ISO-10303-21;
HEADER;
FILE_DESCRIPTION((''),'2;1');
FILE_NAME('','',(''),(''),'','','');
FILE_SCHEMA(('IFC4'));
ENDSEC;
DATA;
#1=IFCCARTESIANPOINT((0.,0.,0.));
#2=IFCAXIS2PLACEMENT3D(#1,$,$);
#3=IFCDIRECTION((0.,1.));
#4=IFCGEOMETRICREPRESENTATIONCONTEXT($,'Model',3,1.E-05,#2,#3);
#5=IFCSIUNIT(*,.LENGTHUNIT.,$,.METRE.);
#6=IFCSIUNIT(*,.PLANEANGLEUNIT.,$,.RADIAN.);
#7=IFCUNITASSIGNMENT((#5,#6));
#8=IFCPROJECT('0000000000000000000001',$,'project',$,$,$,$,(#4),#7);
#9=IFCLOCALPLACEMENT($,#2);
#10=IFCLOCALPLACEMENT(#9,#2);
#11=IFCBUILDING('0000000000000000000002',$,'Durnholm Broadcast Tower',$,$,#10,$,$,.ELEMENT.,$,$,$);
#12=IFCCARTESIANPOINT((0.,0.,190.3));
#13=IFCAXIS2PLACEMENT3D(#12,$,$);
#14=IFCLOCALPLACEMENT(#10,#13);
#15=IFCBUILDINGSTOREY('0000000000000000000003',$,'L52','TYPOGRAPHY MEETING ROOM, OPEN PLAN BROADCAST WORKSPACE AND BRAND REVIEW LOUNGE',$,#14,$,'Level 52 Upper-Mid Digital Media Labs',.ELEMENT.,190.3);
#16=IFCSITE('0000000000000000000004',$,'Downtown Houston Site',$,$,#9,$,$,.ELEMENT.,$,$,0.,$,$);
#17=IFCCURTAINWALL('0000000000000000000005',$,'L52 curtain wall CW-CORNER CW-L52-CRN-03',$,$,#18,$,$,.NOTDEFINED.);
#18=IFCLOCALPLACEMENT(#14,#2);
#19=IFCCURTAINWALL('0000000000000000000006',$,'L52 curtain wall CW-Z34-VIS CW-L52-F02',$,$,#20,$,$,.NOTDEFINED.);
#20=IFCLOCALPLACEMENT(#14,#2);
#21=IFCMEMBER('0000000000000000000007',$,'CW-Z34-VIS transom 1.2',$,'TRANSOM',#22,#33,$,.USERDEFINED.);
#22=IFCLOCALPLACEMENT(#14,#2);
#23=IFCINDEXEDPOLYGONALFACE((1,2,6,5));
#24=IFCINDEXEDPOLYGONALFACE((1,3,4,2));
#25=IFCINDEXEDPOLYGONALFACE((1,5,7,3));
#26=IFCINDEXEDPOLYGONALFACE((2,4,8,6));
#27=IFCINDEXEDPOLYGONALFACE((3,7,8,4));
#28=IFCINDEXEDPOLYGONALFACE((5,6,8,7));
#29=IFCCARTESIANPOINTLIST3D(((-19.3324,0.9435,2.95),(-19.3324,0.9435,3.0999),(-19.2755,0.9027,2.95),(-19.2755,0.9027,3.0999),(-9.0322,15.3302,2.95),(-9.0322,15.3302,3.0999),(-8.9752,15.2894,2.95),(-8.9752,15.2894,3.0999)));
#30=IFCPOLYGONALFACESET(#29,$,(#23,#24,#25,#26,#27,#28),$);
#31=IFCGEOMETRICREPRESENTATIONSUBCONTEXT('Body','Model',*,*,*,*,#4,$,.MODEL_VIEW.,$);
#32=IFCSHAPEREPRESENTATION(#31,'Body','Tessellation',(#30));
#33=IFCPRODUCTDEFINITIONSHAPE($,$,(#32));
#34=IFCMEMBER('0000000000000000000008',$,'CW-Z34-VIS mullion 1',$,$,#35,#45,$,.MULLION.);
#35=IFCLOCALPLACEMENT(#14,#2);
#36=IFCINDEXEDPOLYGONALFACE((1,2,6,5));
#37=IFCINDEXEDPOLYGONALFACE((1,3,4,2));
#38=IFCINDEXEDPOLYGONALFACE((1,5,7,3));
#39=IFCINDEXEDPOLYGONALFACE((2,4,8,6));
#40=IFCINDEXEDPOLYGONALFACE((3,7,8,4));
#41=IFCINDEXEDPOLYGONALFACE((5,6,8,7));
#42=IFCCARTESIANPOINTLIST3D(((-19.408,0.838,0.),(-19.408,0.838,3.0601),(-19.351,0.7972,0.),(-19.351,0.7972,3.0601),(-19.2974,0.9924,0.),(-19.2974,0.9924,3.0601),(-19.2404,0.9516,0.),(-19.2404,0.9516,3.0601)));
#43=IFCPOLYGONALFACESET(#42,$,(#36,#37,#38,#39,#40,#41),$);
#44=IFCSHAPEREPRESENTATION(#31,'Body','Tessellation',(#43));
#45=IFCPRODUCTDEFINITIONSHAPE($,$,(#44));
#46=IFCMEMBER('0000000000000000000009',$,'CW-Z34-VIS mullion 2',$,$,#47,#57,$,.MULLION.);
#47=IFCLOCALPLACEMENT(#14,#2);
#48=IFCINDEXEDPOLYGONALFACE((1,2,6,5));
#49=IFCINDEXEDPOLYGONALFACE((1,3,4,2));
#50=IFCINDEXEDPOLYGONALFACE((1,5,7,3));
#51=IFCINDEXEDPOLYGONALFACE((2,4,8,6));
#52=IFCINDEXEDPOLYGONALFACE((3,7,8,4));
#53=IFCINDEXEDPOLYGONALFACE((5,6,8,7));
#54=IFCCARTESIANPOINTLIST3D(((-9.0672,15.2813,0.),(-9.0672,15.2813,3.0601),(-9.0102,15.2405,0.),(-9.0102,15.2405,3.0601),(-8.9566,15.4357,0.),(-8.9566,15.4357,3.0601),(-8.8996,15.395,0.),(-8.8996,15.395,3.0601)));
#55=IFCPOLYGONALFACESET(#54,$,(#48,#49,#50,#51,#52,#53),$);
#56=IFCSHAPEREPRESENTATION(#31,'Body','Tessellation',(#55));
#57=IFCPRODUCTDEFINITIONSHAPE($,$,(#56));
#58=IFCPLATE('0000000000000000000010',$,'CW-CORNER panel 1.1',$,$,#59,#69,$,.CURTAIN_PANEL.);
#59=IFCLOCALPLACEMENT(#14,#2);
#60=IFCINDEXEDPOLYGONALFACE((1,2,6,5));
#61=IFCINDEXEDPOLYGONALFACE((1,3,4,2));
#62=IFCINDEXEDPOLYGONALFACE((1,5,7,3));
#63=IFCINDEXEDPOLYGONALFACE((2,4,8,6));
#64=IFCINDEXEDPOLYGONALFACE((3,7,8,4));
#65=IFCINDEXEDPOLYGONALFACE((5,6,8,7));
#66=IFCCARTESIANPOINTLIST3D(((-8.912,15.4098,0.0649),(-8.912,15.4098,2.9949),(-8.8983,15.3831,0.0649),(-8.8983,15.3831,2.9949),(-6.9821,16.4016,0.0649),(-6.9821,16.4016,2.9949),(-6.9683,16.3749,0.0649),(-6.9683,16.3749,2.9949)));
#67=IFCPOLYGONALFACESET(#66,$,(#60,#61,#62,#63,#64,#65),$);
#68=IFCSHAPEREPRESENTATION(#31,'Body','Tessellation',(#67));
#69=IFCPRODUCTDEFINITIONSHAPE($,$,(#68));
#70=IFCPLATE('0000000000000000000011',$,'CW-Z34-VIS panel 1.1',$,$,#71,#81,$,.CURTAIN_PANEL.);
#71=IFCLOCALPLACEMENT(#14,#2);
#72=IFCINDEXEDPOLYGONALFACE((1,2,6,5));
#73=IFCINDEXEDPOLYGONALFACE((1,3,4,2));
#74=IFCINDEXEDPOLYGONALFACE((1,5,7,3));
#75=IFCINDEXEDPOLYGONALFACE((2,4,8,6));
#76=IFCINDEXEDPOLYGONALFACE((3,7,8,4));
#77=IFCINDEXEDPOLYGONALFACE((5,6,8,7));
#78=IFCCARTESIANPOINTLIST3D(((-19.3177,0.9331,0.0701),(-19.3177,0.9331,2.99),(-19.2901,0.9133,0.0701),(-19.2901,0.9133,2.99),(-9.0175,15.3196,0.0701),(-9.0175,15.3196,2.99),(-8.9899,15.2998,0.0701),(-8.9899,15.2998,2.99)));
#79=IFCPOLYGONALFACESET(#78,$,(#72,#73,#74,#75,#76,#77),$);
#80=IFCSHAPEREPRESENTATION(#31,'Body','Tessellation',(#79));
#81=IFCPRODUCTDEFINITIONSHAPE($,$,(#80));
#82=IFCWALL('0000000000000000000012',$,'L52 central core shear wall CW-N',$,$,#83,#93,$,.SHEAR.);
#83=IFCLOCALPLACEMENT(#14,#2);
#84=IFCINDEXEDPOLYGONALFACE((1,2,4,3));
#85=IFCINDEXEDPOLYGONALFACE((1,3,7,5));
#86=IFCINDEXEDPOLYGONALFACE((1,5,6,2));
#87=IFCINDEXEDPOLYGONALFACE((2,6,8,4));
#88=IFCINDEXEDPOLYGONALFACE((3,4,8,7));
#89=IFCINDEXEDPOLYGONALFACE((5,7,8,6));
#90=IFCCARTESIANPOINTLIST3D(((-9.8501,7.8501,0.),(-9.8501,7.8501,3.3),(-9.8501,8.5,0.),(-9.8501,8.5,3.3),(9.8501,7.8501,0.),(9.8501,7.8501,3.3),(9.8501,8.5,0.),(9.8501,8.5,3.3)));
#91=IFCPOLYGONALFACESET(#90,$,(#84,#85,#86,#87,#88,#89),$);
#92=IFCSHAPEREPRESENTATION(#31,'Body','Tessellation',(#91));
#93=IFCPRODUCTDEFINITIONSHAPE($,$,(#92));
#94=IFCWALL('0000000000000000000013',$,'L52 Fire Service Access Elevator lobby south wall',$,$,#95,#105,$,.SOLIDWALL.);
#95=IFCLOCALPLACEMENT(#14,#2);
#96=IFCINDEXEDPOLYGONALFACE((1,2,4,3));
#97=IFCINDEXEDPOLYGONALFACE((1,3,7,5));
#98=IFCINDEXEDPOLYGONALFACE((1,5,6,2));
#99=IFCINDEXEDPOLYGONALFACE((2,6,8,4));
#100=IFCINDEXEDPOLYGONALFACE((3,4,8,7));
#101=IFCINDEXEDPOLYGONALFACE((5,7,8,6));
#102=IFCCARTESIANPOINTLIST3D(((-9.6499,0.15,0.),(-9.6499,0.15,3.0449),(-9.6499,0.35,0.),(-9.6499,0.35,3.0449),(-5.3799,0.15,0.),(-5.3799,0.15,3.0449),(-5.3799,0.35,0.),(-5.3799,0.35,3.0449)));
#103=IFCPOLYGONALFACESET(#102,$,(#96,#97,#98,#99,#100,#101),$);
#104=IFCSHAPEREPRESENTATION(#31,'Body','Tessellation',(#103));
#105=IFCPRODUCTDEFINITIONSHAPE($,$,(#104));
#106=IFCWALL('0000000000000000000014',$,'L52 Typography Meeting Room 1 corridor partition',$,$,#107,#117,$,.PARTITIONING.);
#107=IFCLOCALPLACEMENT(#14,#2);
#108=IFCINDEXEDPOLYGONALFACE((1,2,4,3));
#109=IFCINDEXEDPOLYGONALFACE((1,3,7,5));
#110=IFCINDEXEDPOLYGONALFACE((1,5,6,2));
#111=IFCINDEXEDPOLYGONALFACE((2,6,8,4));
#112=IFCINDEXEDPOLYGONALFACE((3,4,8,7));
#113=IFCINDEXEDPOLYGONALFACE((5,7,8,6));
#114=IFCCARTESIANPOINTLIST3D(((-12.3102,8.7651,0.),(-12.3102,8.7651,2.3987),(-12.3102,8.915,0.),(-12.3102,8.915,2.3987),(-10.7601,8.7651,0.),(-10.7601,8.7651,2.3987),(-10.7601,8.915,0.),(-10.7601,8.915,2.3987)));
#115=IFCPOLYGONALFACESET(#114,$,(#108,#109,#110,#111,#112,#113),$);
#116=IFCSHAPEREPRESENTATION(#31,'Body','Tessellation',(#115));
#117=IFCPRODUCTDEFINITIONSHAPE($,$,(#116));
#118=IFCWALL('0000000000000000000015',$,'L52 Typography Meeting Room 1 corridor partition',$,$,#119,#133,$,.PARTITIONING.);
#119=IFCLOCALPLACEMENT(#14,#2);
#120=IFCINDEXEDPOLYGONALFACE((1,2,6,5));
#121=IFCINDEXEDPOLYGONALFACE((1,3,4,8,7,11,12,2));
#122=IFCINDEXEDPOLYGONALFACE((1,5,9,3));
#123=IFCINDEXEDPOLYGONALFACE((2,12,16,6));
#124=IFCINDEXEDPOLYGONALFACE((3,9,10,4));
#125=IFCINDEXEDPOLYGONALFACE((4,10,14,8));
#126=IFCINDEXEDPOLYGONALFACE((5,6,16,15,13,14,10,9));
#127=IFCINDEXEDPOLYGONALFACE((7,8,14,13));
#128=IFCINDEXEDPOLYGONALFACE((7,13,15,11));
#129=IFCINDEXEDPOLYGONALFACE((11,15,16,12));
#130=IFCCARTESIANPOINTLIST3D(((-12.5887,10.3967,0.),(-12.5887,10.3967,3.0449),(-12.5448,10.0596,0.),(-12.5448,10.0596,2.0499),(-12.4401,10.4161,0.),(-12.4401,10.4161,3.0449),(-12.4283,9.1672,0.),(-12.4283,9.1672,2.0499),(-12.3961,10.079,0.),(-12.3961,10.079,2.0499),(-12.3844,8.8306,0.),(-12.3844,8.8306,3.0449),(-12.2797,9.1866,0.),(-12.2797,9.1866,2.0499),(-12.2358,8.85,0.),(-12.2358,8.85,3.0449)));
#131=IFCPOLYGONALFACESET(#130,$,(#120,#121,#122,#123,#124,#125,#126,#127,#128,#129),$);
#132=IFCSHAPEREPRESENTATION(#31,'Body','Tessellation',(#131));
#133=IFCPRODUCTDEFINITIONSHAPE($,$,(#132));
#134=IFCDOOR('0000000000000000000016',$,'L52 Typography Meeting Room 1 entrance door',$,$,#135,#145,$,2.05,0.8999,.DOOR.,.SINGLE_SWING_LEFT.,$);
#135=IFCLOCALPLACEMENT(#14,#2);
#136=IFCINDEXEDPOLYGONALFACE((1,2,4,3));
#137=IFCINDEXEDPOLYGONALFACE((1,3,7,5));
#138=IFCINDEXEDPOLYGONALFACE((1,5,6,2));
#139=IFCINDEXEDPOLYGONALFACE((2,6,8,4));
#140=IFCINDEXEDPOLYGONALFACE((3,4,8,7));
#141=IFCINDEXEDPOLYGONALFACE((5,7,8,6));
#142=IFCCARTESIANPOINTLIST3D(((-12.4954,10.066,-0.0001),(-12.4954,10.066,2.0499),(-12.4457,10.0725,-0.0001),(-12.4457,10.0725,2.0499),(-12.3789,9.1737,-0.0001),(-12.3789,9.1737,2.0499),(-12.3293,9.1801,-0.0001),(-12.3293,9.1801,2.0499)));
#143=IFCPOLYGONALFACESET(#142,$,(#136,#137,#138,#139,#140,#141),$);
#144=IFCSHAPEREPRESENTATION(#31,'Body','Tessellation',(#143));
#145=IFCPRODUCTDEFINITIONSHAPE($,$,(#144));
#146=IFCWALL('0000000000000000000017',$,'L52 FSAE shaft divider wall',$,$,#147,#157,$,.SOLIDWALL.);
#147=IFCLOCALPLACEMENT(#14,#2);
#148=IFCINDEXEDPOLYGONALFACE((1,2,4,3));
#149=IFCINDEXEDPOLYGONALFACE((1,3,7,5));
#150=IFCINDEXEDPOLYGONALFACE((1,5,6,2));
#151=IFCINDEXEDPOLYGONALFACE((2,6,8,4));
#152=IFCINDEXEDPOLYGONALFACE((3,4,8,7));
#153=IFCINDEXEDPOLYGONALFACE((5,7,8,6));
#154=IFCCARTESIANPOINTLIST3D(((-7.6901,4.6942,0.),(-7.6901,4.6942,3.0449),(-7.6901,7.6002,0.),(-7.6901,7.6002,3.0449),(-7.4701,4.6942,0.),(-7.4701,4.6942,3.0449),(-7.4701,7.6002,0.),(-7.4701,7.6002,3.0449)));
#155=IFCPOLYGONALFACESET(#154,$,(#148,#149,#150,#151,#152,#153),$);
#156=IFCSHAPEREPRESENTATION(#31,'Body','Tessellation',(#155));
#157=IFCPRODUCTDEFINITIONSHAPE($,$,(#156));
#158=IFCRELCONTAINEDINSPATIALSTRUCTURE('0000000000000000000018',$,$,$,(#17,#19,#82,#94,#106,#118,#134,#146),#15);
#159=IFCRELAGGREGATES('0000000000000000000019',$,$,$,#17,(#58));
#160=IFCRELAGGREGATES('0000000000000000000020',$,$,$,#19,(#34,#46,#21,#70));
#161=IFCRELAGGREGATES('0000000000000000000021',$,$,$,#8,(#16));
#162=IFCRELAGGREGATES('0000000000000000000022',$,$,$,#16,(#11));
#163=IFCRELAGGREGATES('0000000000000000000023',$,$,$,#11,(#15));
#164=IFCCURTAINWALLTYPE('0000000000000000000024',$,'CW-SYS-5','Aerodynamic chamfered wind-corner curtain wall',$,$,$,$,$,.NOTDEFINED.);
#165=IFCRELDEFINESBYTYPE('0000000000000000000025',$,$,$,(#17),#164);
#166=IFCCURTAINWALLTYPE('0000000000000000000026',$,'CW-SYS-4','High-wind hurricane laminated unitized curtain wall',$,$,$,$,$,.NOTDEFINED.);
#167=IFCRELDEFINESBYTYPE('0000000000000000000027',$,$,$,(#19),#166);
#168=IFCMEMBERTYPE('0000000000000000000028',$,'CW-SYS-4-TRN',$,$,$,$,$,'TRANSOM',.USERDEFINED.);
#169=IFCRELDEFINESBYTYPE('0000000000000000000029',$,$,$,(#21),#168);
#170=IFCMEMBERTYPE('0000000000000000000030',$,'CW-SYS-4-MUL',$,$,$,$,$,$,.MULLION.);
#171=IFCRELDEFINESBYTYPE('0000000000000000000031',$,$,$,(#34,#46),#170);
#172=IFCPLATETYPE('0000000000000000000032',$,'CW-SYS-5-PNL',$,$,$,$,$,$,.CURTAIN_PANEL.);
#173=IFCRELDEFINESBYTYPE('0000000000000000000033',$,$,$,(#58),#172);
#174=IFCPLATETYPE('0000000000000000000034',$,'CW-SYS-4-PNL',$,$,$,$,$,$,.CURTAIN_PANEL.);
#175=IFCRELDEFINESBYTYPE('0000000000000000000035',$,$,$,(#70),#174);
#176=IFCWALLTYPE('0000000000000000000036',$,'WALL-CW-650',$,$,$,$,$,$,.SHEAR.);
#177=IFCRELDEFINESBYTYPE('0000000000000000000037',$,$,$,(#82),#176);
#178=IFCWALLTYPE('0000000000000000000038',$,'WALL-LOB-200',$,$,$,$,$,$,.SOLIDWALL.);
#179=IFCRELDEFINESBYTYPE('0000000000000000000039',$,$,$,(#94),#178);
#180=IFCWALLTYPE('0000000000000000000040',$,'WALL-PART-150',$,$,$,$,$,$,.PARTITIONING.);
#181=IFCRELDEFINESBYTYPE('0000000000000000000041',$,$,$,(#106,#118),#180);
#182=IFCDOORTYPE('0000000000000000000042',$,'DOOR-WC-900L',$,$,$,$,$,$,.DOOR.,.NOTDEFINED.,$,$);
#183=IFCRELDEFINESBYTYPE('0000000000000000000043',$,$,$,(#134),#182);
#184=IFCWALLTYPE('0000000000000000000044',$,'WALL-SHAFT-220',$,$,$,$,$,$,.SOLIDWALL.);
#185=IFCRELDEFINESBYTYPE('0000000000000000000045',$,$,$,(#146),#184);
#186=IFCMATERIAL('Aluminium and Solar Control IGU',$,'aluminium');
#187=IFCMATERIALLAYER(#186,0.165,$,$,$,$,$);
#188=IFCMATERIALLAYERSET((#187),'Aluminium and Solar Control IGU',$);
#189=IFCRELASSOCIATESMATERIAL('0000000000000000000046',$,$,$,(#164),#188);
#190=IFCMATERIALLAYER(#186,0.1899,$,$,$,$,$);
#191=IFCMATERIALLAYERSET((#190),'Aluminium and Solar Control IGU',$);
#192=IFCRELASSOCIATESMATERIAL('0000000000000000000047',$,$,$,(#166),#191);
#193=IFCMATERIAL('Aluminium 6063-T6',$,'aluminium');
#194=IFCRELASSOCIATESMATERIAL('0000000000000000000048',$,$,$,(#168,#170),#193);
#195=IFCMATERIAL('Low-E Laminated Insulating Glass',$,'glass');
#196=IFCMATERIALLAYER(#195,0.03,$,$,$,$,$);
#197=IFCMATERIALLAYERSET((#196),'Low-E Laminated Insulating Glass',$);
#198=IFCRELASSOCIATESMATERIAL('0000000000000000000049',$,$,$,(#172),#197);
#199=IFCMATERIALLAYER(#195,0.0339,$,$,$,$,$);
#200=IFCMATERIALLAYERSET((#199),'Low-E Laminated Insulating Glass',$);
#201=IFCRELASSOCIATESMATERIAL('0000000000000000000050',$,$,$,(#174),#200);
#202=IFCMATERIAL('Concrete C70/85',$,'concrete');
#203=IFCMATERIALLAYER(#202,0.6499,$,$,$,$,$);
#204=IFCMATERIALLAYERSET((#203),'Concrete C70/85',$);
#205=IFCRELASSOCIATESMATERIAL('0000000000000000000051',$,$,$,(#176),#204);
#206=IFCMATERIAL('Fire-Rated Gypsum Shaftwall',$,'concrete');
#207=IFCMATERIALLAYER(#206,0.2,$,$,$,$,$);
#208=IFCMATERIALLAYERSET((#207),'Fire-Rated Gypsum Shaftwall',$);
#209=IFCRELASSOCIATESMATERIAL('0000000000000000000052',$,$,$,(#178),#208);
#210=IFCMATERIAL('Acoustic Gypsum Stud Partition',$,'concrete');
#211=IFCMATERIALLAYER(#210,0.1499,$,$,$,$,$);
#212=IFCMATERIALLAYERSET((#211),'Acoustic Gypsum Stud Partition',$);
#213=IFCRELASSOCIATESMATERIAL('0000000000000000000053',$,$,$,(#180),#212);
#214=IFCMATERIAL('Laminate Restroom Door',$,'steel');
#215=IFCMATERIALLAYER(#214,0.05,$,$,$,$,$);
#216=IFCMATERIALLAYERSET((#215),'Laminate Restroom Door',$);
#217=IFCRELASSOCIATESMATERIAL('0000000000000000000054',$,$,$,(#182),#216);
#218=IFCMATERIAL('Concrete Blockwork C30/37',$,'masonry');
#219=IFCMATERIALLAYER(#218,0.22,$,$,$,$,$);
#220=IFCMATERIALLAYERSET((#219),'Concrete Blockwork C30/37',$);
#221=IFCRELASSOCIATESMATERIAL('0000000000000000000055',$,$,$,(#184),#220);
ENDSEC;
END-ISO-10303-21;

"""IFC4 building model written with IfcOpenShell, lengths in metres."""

from ifc_helpers import new_model, si_unit, direction, frame, frame_2d, origin, origin_2d, place, context, subcontext, project, spatial, rectangle, extrude, source, transform, mapped, material, layer, layer_set, material_profile, profile_set, type_object, type_shapes, element, fill, aggregate, save


model = new_model("IFC4")

# Units and contexts
model_context = context("Model", 3, precision=1e-05, world=origin(), true_north=direction((0.0, 1.0)))
body_context = subcontext(model_context, "Body", "Model", "MODEL_VIEW")
ifc_project = project(units=[si_unit("LENGTHUNIT", "METRE"), si_unit("PLANEANGLEUNIT", "RADIAN")], contexts=[model_context])

# Site, building, storey
site_placement = place(None, origin())
site = spatial("IfcSite", under=ifc_project, at=site_placement, Name="Downtown Houston Site", CompositionType="ELEMENT", RefElevation=0.0)
building_placement = place(site_placement, origin())
building = spatial("IfcBuilding", under=site, at=building_placement, Name="Durnholm Broadcast Tower", CompositionType="ELEMENT")
storey_placement = place(building_placement, frame((0.0, 0.0, 190.3)))
storey = spatial("IfcBuildingStorey", under=building, at=storey_placement, Name="L52", Description="TYPOGRAPHY MEETING ROOM, OPEN PLAN BROADCAST WORKSPACE AND BRAND REVIEW LOUNGE", LongName="Level 52 Upper-Mid Digital Media Labs", CompositionType="ELEMENT", Elevation=190.3)

# Shared definitions
ifc_material_1 = material(Name="Concrete C70/85", Category="concrete")

# Shared definitions
ifc_material_2 = material(Name="Aluminium and Solar Control IGU", Category="aluminium")
ifc_layer_1 = layer(ifc_material_2, 0.165)
ifc_layer_set_1 = layer_set([ifc_layer_1], Name="Aluminium and Solar Control IGU")
curtain_wall_type_1 = type_object("IfcCurtainWallType", Name="CW-SYS-5", Description="Aerodynamic chamfered wind-corner curtain wall", PredefinedType="NOTDEFINED", material=ifc_layer_set_1)
ifc_material_3 = material(Name="Aluminium 6063-T6", Category="aluminium")

# Curtain walls, members
curtain_wall_1_placement = place(storey_placement, origin())
curtain_wall_1 = element("IfcCurtainWall", 1, at=curtain_wall_1_placement, inside=storey, type_object=curtain_wall_type_1, Name="L52 curtain wall CW-CORNER CW-L52-CRN-03", PredefinedType="NOTDEFINED")
ifc_layer_2 = layer(ifc_material_2, 0.1899)
ifc_layer_set_2 = layer_set([ifc_layer_2], Name="Aluminium and Solar Control IGU")
curtain_wall_type_2 = type_object("IfcCurtainWallType", Name="CW-SYS-4", Description="High-wind hurricane laminated unitized curtain wall", PredefinedType="NOTDEFINED", material=ifc_layer_set_2)
curtain_wall_2_placement = place(storey_placement, origin())
curtain_wall_2 = element("IfcCurtainWall", 2, at=curtain_wall_2_placement, inside=storey, type_object=curtain_wall_type_2, Name="L52 curtain wall CW-Z34-VIS CW-L52-F02", PredefinedType="NOTDEFINED")
ifc_material_profile_1 = material_profile(ifc_material_3, rectangle(XDim=0.0701, YDim=0.1499, at=origin_2d()), Name="CWT70X150")
ifc_profile_set_1 = profile_set([ifc_material_profile_1], Name="Aluminium 6063-T6")
member_type_1 = type_object("IfcMemberType", Name="CW-SYS-4-TRN", ElementType="TRANSOM", PredefinedType="USERDEFINED", material=ifc_profile_set_1)
shared_shape_1 = source(origin(), body_context, "Body", "SweptSolid", [
    extrude(rectangle(XDim=0.0701, YDim=0.1499, at=origin_2d()), origin(), (0.0, 0.0, 1.0), 17.6938),
])
type_shapes(member_type_1, [shared_shape_1])
member_1_placement = place(storey_placement, frame((-19.304, 0.9231, 3.0249), z_axis=(0.582138, 0.81309, 0.0), x_axis=(-0.81309, 0.582138, 0.0)))
member_1 = element("IfcMember", 3, at=member_1_placement, type_object=member_type_1, Name="CW-Z34-VIS transom 1.2", ObjectType="TRANSOM", PredefinedType="USERDEFINED", context=body_context, shape_type="MappedRepresentation", body=[
    mapped(shared_shape_1, transform((0.0, 0.0, 0.0), x_axis=(1.0, 0.0, 0.0), y_axis=(0.0, 1.0, 0.0), z_axis=(0.0, 0.0, 1.0), scale=1.0)),
])
ifc_material_profile_2 = material_profile(ifc_material_3, rectangle(XDim=0.0701, YDim=0.1899, at=origin_2d()), Name="CWM70X190")
ifc_profile_set_2 = profile_set([ifc_material_profile_2], Name="Aluminium 6063-T6")
member_type_2 = type_object("IfcMemberType", Name="CW-SYS-4-MUL", PredefinedType="MULLION", material=ifc_profile_set_2)
shared_shape_2 = source(origin(), body_context, "Body", "SweptSolid", [
    extrude(rectangle(XDim=0.0701, YDim=0.1899, at=origin_2d()), origin(), (0.0, 0.0, 1.0), 3.0601),
])
type_shapes(member_type_2, [shared_shape_2])
member_2_placement = place(storey_placement, frame((-19.3242, 0.8948, 0.0), z_axis=(0.0, 0.0, 1.0), x_axis=(-0.813089, 0.582139, 0.0)))
member_2 = element("IfcMember", 4, at=member_2_placement, type_object=member_type_2, Name="CW-Z34-VIS mullion 1", PredefinedType="MULLION", context=body_context, shape_type="MappedRepresentation", body=[
    mapped(shared_shape_2, transform((0.0, 0.0, 0.0), x_axis=(1.0, 0.0, 0.0), y_axis=(0.0, 1.0, 0.0), z_axis=(0.0, 0.0, 1.0), scale=1.0)),
])
member_3_placement = place(storey_placement, frame((-8.9834, 15.3381, 0.0), z_axis=(0.0, 0.0, 1.0), x_axis=(-0.813089, 0.582139, 0.0)))
member_3 = element("IfcMember", 5, at=member_3_placement, type_object=member_type_2, Name="CW-Z34-VIS mullion 2", PredefinedType="MULLION", context=body_context, shape_type="MappedRepresentation", body=[
    mapped(shared_shape_2, transform((0.0, 0.0, 0.0), x_axis=(1.0, 0.0, 0.0), y_axis=(0.0, 1.0, 0.0), z_axis=(0.0, 0.0, 1.0), scale=1.0)),
])

# Plates
ifc_material_4 = material(Name="Low-E Laminated Insulating Glass", Category="glass")
ifc_layer_3 = layer(ifc_material_4, 0.03)
ifc_layer_set_3 = layer_set([ifc_layer_3], Name="Low-E Laminated Insulating Glass")
plate_type_1 = type_object("IfcPlateType", Name="CW-SYS-5-PNL", PredefinedType="CURTAIN_PANEL", material=ifc_layer_set_3)
shared_shape_3 = source(origin(), body_context, "Body", "SweptSolid", [
    extrude(rectangle(XDim=2.1699, YDim=0.03, at=origin_2d()), origin(), (0.0, 0.0, 1.0), 2.9299),
])
type_shapes(plate_type_1, [shared_shape_3])
plate_1_placement = place(storey_placement, frame((-7.9402, 15.8923, 0.0649), z_axis=(0.0, 0.0, 1.0), x_axis=(0.889425, 0.457082, 0.0)))
plate_1 = element("IfcPlate", 6, at=plate_1_placement, type_object=plate_type_1, Name="CW-CORNER panel 1.1", PredefinedType="CURTAIN_PANEL", context=body_context, shape_type="MappedRepresentation", body=[
    mapped(shared_shape_3, transform((0.0, 0.0, 0.0), x_axis=(1.0, 0.0, 0.0), y_axis=(0.0, 1.0, 0.0), z_axis=(0.0, 0.0, 1.0), scale=1.0)),
])
aggregate(curtain_wall_1, [plate_1])
ifc_layer_4 = layer(ifc_material_4, 0.0339)
ifc_layer_set_4 = layer_set([ifc_layer_4], Name="Low-E Laminated Insulating Glass")
plate_type_2 = type_object("IfcPlateType", Name="CW-SYS-4-PNL", PredefinedType="CURTAIN_PANEL", material=ifc_layer_set_4)
shared_shape_4 = source(origin(), body_context, "Body", "SweptSolid", [
    extrude(rectangle(XDim=17.6936, YDim=0.0339, at=origin_2d()), origin(), (0.0, 0.0, 1.0), 2.9199),
])
type_shapes(plate_type_2, [shared_shape_4])
plate_2_placement = place(storey_placement, frame((-14.1538, 8.1165, 0.0701), z_axis=(0.0, 0.0, 1.0), x_axis=(0.582139, 0.813089, 0.0)))
plate_2 = element("IfcPlate", 7, at=plate_2_placement, type_object=plate_type_2, Name="CW-Z34-VIS panel 1.1", PredefinedType="CURTAIN_PANEL", context=body_context, shape_type="MappedRepresentation", body=[
    mapped(shared_shape_4, transform((0.0, 0.0, 0.0), x_axis=(1.0, 0.0, 0.0), y_axis=(0.0, 1.0, 0.0), z_axis=(0.0, 0.0, 1.0), scale=1.0)),
])
aggregate(curtain_wall_2, [member_2, member_3, member_1, plate_2])

# Walls
ifc_layer_5 = layer(ifc_material_1, 0.6499)
ifc_layer_set_5 = layer_set([ifc_layer_5], Name="Concrete C70/85")
wall_type_1 = type_object("IfcWallType", Name="WALL-CW-650", PredefinedType="SHEAR", material=ifc_layer_set_5)
wall_1_placement = place(storey_placement, frame((-9.8501, 8.175, 0.0), z_axis=(0.0, 0.0, 1.0), x_axis=(1.0, 0.0, 0.0)))
element("IfcWall", 8, at=wall_1_placement, inside=storey, type_object=wall_type_1, Name="L52 central core shear wall CW-N", PredefinedType="SHEAR", context=body_context, shape_type="SweptSolid", body=[
    extrude(rectangle(XDim=19.7002, YDim=0.6499, at=frame_2d((9.8501, 0.0))), origin(), (0.0, 0.0, 1.0), 3.3),
])
ifc_material_5 = material(Name="Fire-Rated Gypsum Shaftwall", Category="concrete")
ifc_layer_6 = layer(ifc_material_5, 0.2)
ifc_layer_set_6 = layer_set([ifc_layer_6], Name="Fire-Rated Gypsum Shaftwall")
wall_type_2 = type_object("IfcWallType", Name="WALL-LOB-200", PredefinedType="SOLIDWALL", material=ifc_layer_set_6)
wall_2_placement = place(storey_placement, frame((-9.6499, 0.25, 0.0), z_axis=(0.0, 0.0, 1.0), x_axis=(1.0, 0.0, 0.0)))
element("IfcWall", 9, at=wall_2_placement, inside=storey, type_object=wall_type_2, Name="L52 Fire Service Access Elevator lobby south wall", PredefinedType="SOLIDWALL", context=body_context, shape_type="SweptSolid", body=[
    extrude(rectangle(XDim=4.27, YDim=0.2, at=frame_2d((2.135, 0.0))), origin(), (0.0, 0.0, 1.0), 3.0449),
])
ifc_material_6 = material(Name="Acoustic Gypsum Stud Partition", Category="concrete")
ifc_layer_7 = layer(ifc_material_6, 0.1499)
ifc_layer_set_7 = layer_set([ifc_layer_7], Name="Acoustic Gypsum Stud Partition")
wall_type_3 = type_object("IfcWallType", Name="WALL-PART-150", PredefinedType="PARTITIONING", material=ifc_layer_set_7)
wall_3_placement = place(storey_placement, frame((-12.3101, 8.8401, 0.0), z_axis=(0.0, 0.0, 1.0), x_axis=(1.0, 0.0, 0.0)))
element("IfcWall", 10, at=wall_3_placement, inside=storey, type_object=wall_type_3, Name="L52 Typography Meeting Room 1 corridor partition", PredefinedType="PARTITIONING", context=body_context, shape_type="SweptSolid", body=[
    extrude(rectangle(XDim=1.55, YDim=0.1499, at=frame_2d((0.7749, 0.0))), origin(), (0.0, 0.0, 1.0), 2.3987),
])

# Wall, opening, door
wall_4_placement = place(storey_placement, frame((-12.5144, 10.4062, 0.0), z_axis=(0.0, 0.0, 1.0), x_axis=(0.129379, -0.991595, 0.0)))
wall_4 = element("IfcWall", 11, at=wall_4_placement, inside=storey, type_object=wall_type_3, Name="L52 Typography Meeting Room 1 corridor partition", PredefinedType="PARTITIONING", context=body_context, shape_type="SweptSolid", body=[
    extrude(rectangle(XDim=1.5793, YDim=0.1499, at=frame_2d((0.7896, 0.0))), origin(), (0.0, 0.0, 1.0), 3.0449),
])
opening_1_placement = place(wall_4_placement, frame((0.3398, 0.0, 0.0)))
opening_1 = element("IfcOpeningElement", 12, at=opening_1_placement, cuts=wall_4, PredefinedType="OPENING", context=body_context, shape_type="SweptSolid", body=[
    extrude(rectangle(XDim=0.8999, YDim=2.05, at=frame_2d((0.45, 1.0249))), frame((0.0, 0.085, 0.0), z_axis=(0.0, -1.0, 0.0), x_axis=(1.0, 0.0, 0.0)), (0.0, 0.0, 1.0), 0.1699),
])
ifc_material_7 = material(Name="Laminate Restroom Door", Category="steel")
ifc_layer_8 = layer(ifc_material_7, 0.05)
ifc_layer_set_8 = layer_set([ifc_layer_8], Name="Laminate Restroom Door")
door_type_1 = type_object("IfcDoorType", Name="DOOR-WC-900L", OperationType="NOTDEFINED", PredefinedType="DOOR", material=ifc_layer_set_8)
shared_shape_5 = source(origin(), body_context, "Body", "SweptSolid", [
    extrude(rectangle(XDim=0.8999, YDim=2.05, at=frame_2d((0.45, 1.0249))), frame((0.0, 0.0249, 0.0), z_axis=(0.0, -1.0, 0.0), x_axis=(1.0, 0.0, 0.0)), (0.0, 0.0, 1.0), 0.05),
])
type_shapes(door_type_1, [shared_shape_5])
door_1_placement = place(opening_1_placement, origin())
door_1 = element("IfcDoor", 13, at=door_1_placement, inside=storey, type_object=door_type_1, Name="L52 Typography Meeting Room 1 entrance door", OperationType="SINGLE_SWING_LEFT", OverallHeight=2.05, OverallWidth=0.8999, PredefinedType="DOOR", context=body_context, shape_type="MappedRepresentation", body=[
    mapped(shared_shape_5, transform((0.0, 0.0, 0.0), x_axis=(1.0, 0.0, 0.0), y_axis=(0.0, 1.0, 0.0), z_axis=(0.0, 0.0, 1.0), scale=1.0)),
])
fill(opening_1, door_1)

# Shared definitions
ifc_material_8 = material(Name="Concrete Blockwork C30/37", Category="masonry")
ifc_layer_9 = layer(ifc_material_8, 0.22)
ifc_layer_set_9 = layer_set([ifc_layer_9], Name="Concrete Blockwork C30/37")
wall_type_4 = type_object("IfcWallType", Name="WALL-SHAFT-220", PredefinedType="SOLIDWALL", material=ifc_layer_set_9)

# Wall
wall_5_placement = place(storey_placement, frame((-7.5801, 4.6941, 0.0), z_axis=(0.0, 0.0, 1.0), x_axis=(0.0, 1.0, 0.0)))
element("IfcWall", 14, at=wall_5_placement, inside=storey, type_object=wall_type_4, Name="L52 FSAE shaft divider wall", PredefinedType="SOLIDWALL", context=body_context, shape_type="SweptSolid", body=[
    extrude(rectangle(XDim=2.906, YDim=0.22, at=frame_2d((1.4531, 0.0))), origin(), (0.0, 0.0, 1.0), 3.0449),
])

save(model, "model.ifc")
